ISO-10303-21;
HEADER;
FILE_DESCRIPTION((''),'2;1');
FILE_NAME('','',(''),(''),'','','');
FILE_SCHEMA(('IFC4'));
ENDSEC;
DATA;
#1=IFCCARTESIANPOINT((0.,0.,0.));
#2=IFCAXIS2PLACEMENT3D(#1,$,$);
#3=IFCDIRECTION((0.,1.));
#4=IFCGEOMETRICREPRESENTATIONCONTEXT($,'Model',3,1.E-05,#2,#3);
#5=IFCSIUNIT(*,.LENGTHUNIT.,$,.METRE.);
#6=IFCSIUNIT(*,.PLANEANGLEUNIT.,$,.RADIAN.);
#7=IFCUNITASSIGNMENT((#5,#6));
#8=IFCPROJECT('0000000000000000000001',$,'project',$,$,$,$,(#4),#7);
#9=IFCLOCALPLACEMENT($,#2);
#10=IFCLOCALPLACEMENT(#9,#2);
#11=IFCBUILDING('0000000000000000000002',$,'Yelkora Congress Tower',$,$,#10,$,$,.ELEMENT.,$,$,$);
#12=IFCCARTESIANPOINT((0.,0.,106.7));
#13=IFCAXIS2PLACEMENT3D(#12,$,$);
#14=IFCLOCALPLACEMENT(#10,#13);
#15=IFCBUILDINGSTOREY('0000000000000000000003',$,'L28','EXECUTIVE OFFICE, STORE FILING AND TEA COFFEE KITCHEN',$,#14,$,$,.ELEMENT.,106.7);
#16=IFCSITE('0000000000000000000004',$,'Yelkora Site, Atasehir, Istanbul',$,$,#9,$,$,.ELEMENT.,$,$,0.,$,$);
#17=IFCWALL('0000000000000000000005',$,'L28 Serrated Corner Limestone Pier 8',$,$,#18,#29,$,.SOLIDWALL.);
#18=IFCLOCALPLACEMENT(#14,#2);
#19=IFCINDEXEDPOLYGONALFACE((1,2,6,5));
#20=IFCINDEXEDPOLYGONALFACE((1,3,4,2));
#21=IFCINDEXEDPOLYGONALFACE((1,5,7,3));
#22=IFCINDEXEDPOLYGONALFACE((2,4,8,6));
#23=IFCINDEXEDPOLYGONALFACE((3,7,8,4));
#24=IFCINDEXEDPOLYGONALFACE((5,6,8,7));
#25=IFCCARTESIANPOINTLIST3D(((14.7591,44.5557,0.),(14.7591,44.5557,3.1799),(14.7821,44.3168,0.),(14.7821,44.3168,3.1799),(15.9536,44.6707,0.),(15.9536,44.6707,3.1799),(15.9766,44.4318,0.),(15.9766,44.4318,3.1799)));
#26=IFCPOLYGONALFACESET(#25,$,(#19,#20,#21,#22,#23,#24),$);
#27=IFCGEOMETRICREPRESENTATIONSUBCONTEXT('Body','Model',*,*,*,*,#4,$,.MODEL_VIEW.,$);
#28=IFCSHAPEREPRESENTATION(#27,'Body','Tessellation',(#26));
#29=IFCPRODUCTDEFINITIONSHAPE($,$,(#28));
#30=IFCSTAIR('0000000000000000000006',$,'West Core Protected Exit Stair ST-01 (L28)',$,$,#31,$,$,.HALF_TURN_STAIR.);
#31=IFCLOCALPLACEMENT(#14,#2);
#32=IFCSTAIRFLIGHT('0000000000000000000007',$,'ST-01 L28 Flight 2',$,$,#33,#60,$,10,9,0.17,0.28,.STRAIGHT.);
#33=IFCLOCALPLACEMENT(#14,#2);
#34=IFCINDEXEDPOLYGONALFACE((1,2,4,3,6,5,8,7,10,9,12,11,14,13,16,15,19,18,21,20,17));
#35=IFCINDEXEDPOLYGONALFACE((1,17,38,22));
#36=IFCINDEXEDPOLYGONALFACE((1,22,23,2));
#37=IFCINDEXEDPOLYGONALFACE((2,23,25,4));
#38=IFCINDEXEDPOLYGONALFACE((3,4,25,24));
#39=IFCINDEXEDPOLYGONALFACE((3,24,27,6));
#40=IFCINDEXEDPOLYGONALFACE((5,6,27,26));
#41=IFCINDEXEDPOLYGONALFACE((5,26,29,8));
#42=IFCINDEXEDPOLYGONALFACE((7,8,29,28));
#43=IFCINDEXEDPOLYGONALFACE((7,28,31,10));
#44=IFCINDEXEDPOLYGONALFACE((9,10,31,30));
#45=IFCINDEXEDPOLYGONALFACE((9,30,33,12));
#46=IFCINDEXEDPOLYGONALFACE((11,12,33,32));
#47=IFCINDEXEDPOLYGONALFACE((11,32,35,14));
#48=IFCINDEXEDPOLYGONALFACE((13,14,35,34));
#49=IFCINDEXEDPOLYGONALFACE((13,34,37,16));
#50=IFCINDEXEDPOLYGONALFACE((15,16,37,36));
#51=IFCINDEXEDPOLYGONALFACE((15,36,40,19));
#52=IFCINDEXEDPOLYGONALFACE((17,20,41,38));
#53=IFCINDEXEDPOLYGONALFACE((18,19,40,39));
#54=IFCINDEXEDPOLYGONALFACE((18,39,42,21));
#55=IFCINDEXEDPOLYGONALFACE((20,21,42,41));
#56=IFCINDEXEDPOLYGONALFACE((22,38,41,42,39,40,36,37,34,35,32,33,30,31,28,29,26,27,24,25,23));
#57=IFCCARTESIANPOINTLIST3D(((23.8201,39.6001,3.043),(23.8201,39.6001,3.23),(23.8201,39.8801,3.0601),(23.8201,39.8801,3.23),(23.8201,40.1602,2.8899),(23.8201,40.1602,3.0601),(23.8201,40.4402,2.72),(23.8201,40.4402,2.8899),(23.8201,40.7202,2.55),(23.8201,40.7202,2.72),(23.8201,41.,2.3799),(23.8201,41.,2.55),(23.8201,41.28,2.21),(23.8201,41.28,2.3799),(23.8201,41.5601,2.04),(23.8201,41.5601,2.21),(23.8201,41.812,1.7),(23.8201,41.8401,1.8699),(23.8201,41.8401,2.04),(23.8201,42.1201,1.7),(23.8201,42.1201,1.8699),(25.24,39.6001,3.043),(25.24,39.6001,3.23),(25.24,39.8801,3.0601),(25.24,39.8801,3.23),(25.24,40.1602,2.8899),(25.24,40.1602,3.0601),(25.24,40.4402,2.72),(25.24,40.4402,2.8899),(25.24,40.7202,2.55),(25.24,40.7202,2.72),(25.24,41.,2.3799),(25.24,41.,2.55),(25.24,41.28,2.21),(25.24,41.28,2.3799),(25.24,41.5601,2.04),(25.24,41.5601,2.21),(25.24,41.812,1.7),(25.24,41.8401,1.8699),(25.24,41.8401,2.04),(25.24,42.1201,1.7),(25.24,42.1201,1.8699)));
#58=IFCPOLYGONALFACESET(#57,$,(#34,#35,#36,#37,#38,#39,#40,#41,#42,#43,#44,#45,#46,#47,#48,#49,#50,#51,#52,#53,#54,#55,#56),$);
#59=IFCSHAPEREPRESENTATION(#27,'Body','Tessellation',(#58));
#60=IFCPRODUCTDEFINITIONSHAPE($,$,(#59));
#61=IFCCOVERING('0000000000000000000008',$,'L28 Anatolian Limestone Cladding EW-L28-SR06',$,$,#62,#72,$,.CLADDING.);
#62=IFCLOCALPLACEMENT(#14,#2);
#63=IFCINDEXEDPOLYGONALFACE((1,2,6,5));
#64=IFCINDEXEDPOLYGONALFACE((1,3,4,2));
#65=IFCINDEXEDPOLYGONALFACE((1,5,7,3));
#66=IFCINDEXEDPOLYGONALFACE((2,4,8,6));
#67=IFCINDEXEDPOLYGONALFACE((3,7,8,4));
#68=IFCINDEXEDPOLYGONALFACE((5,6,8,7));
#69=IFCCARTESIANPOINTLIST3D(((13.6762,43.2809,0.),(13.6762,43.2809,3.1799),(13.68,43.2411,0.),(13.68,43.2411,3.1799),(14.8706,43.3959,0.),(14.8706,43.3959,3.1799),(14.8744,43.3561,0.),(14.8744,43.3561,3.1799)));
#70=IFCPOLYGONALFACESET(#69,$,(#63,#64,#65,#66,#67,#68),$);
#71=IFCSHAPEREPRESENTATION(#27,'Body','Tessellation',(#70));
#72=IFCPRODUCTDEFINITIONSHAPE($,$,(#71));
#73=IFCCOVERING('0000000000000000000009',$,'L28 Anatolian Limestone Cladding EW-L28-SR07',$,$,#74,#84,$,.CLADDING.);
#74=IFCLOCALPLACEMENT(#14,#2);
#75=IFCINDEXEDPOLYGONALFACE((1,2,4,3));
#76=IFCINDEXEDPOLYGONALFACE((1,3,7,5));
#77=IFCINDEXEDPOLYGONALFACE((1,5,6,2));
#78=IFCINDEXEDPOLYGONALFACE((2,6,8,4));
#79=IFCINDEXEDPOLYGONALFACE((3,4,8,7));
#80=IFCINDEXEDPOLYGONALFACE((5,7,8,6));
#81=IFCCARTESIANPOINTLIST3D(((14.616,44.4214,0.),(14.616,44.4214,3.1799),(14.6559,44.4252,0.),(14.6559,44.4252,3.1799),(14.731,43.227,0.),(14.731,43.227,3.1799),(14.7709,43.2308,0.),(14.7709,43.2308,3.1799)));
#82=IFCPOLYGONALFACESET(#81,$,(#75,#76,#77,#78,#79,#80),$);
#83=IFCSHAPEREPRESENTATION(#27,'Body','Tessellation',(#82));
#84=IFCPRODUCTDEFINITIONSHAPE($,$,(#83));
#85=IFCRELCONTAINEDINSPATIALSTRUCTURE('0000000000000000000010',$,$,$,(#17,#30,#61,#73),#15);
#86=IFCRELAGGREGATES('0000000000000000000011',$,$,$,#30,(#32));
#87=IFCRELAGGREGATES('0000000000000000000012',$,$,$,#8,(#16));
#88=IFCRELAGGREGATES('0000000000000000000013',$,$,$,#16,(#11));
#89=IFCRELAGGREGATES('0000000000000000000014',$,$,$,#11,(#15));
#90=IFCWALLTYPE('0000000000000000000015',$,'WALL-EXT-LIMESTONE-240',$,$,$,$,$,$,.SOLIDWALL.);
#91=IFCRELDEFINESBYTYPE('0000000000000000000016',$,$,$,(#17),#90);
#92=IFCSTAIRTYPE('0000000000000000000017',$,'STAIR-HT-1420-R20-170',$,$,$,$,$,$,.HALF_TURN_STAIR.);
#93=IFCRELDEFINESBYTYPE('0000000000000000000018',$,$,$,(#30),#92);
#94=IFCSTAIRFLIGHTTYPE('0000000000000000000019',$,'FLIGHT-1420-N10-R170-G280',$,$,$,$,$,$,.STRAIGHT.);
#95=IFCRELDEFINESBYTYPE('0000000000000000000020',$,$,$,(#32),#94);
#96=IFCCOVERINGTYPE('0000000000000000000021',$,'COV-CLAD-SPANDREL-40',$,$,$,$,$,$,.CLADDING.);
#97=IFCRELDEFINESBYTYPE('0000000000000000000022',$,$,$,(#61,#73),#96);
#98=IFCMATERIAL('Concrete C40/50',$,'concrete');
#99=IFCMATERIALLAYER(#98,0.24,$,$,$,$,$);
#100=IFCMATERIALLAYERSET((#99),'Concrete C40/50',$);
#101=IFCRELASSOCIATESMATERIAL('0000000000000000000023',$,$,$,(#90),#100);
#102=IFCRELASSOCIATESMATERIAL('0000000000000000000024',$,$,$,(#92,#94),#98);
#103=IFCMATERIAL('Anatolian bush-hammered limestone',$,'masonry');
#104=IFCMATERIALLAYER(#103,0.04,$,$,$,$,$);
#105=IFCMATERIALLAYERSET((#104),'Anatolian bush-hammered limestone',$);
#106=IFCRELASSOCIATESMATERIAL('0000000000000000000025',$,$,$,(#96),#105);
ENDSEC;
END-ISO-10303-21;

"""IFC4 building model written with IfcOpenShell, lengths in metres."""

from ifc_helpers import new_model, si_unit, direction, frame, frame_2d, origin, place, context, subcontext, project, spatial, polyline, rectangle, outline, extrude, material, layer, layer_set, type_object, element, aggregate, save


model = new_model("IFC4")

# Units and contexts
model_context = context("Model", 3, precision=1e-05, world=origin(), true_north=direction((0.0, 1.0)))
body_context = subcontext(model_context, "Body", "Model", "MODEL_VIEW")
ifc_project = project(units=[si_unit("LENGTHUNIT", "METRE"), si_unit("PLANEANGLEUNIT", "RADIAN")], contexts=[model_context])

# Site, building, storey
site_placement = place(None, origin())
site = spatial("IfcSite", under=ifc_project, at=site_placement, Name="Yelkora Site, Atasehir, Istanbul", CompositionType="ELEMENT", RefElevation=0.0)
building_placement = place(site_placement, origin())
building = spatial("IfcBuilding", under=site, at=building_placement, Name="Yelkora Congress Tower", CompositionType="ELEMENT")
storey_placement = place(building_placement, frame((0.0, 0.0, 106.7)))
storey = spatial("IfcBuildingStorey", under=building, at=storey_placement, Name="L28", Description="EXECUTIVE OFFICE, STORE FILING AND TEA COFFEE KITCHEN", CompositionType="ELEMENT", Elevation=106.7)

# Wall
ifc_material_1 = material(Name="Concrete C40/50", Category="concrete")
ifc_layer_1 = layer(ifc_material_1, 0.24)
ifc_layer_set_1 = layer_set([ifc_layer_1], Name="Concrete C40/50")
wall_type_1 = type_object("IfcWallType", Name="WALL-EXT-LIMESTONE-240", PredefinedType="SOLIDWALL", material=ifc_layer_set_1)
wall_1_placement = place(storey_placement, frame((14.7705, 44.4363, 0.0), z_axis=(0.0, 0.0, 1.0), x_axis=(0.995397, 0.095836, 0.0)))
element("IfcWall", 1, at=wall_1_placement, inside=storey, type_object=wall_type_1, Name="L28 Serrated Corner Limestone Pier 8", PredefinedType="SOLIDWALL", context=body_context, shape_type="SweptSolid", body=[
    extrude(rectangle(XDim=1.2, YDim=0.24, at=frame_2d((0.6001, 0.0))), origin(), (0.0, 0.0, 1.0), 3.1799),
])

# Stair, stair flight
stair_type = type_object("IfcStairType", Name="STAIR-HT-1420-R20-170", PredefinedType="HALF_TURN_STAIR", material=ifc_material_1)
stair_placement = place(storey_placement, origin())
stair = element("IfcStair", 2, at=stair_placement, inside=storey, type_object=stair_type, Name="West Core Protected Exit Stair ST-01 (L28)", PredefinedType="HALF_TURN_STAIR")
stair_flight_type = type_object("IfcStairFlightType", Name="FLIGHT-1420-N10-R170-G280", PredefinedType="STRAIGHT", material=ifc_material_1)
stair_flight_placement = place(storey_placement, frame((24.53, 42.1201, 1.7), z_axis=(0.0, 0.0, 1.0), x_axis=(0.0, -1.0, 0.0)))
stair_flight = element("IfcStairFlight", 3, at=stair_flight_placement, type_object=stair_flight_type, Name="ST-01 L28 Flight 2", NumberOfRisers=10, NumberOfTreads=9, PredefinedType="STRAIGHT", RiserHeight=0.17, TreadLength=0.28, context=body_context, shape_type="SweptSolid", body=[
    extrude(outline(polyline([(0.0, 0.0), (0.0, 0.1699), (0.28, 0.1699), (0.28, 0.3401), (0.5601, 0.3401), (0.5601, 0.51), (0.8401, 0.51), (0.8401, 0.6799), (1.1201, 0.6799), (1.1201, 0.8501), (1.3999, 0.8501), (1.3999, 1.02), (1.6799, 1.02), (1.6799, 1.1899), (1.96, 1.1899), (1.96, 1.3601), (2.24, 1.3601), (2.24, 1.53), (2.52, 1.53), (2.52, 1.7), (2.52, 1.343), (0.3081, 0.0), (0.0, 0.0)])), frame((0.0, 0.71, 0.0), z_axis=(0.0, -1.0, 0.0), x_axis=(1.0, 0.0, 0.0)), (0.0, 0.0, 1.0), 1.4199),
])
aggregate(stair, [stair_flight])

# Coverings
ifc_material_2 = material(Name="Anatolian bush-hammered limestone", Category="masonry")
ifc_layer_2 = layer(ifc_material_2, 0.04)
ifc_layer_set_2 = layer_set([ifc_layer_2], Name="Anatolian bush-hammered limestone")
covering_type = type_object("IfcCoveringType", Name="COV-CLAD-SPANDREL-40", PredefinedType="CLADDING", material=ifc_layer_set_2)
for number, where, z_axis, x_axis, name in (
    (4, (13.678, 43.261, 0.0), (0.0, 0.0, 1.0), (0.995397, 0.095836, 0.0), "L28 Anatolian Limestone Cladding EW-L28-SR06"),
    (5, (14.751, 43.2288, 0.0), (0.0, 0.0, 1.0), (-0.095836, 0.995397, 0.0), "L28 Anatolian Limestone Cladding EW-L28-SR07"),
):
    element("IfcCovering", number, at=place(storey_placement, frame(where, z_axis=z_axis, x_axis=x_axis)), inside=storey, type_object=covering_type, Name=name, PredefinedType="CLADDING", context=body_context, shape_type="SweptSolid", body=[
        extrude(rectangle(XDim=1.2, YDim=0.04, at=frame_2d((0.6001, 0.0))), origin(), (0.0, 0.0, 1.0), 3.1799),
    ])

save(model, "model.ifc")
